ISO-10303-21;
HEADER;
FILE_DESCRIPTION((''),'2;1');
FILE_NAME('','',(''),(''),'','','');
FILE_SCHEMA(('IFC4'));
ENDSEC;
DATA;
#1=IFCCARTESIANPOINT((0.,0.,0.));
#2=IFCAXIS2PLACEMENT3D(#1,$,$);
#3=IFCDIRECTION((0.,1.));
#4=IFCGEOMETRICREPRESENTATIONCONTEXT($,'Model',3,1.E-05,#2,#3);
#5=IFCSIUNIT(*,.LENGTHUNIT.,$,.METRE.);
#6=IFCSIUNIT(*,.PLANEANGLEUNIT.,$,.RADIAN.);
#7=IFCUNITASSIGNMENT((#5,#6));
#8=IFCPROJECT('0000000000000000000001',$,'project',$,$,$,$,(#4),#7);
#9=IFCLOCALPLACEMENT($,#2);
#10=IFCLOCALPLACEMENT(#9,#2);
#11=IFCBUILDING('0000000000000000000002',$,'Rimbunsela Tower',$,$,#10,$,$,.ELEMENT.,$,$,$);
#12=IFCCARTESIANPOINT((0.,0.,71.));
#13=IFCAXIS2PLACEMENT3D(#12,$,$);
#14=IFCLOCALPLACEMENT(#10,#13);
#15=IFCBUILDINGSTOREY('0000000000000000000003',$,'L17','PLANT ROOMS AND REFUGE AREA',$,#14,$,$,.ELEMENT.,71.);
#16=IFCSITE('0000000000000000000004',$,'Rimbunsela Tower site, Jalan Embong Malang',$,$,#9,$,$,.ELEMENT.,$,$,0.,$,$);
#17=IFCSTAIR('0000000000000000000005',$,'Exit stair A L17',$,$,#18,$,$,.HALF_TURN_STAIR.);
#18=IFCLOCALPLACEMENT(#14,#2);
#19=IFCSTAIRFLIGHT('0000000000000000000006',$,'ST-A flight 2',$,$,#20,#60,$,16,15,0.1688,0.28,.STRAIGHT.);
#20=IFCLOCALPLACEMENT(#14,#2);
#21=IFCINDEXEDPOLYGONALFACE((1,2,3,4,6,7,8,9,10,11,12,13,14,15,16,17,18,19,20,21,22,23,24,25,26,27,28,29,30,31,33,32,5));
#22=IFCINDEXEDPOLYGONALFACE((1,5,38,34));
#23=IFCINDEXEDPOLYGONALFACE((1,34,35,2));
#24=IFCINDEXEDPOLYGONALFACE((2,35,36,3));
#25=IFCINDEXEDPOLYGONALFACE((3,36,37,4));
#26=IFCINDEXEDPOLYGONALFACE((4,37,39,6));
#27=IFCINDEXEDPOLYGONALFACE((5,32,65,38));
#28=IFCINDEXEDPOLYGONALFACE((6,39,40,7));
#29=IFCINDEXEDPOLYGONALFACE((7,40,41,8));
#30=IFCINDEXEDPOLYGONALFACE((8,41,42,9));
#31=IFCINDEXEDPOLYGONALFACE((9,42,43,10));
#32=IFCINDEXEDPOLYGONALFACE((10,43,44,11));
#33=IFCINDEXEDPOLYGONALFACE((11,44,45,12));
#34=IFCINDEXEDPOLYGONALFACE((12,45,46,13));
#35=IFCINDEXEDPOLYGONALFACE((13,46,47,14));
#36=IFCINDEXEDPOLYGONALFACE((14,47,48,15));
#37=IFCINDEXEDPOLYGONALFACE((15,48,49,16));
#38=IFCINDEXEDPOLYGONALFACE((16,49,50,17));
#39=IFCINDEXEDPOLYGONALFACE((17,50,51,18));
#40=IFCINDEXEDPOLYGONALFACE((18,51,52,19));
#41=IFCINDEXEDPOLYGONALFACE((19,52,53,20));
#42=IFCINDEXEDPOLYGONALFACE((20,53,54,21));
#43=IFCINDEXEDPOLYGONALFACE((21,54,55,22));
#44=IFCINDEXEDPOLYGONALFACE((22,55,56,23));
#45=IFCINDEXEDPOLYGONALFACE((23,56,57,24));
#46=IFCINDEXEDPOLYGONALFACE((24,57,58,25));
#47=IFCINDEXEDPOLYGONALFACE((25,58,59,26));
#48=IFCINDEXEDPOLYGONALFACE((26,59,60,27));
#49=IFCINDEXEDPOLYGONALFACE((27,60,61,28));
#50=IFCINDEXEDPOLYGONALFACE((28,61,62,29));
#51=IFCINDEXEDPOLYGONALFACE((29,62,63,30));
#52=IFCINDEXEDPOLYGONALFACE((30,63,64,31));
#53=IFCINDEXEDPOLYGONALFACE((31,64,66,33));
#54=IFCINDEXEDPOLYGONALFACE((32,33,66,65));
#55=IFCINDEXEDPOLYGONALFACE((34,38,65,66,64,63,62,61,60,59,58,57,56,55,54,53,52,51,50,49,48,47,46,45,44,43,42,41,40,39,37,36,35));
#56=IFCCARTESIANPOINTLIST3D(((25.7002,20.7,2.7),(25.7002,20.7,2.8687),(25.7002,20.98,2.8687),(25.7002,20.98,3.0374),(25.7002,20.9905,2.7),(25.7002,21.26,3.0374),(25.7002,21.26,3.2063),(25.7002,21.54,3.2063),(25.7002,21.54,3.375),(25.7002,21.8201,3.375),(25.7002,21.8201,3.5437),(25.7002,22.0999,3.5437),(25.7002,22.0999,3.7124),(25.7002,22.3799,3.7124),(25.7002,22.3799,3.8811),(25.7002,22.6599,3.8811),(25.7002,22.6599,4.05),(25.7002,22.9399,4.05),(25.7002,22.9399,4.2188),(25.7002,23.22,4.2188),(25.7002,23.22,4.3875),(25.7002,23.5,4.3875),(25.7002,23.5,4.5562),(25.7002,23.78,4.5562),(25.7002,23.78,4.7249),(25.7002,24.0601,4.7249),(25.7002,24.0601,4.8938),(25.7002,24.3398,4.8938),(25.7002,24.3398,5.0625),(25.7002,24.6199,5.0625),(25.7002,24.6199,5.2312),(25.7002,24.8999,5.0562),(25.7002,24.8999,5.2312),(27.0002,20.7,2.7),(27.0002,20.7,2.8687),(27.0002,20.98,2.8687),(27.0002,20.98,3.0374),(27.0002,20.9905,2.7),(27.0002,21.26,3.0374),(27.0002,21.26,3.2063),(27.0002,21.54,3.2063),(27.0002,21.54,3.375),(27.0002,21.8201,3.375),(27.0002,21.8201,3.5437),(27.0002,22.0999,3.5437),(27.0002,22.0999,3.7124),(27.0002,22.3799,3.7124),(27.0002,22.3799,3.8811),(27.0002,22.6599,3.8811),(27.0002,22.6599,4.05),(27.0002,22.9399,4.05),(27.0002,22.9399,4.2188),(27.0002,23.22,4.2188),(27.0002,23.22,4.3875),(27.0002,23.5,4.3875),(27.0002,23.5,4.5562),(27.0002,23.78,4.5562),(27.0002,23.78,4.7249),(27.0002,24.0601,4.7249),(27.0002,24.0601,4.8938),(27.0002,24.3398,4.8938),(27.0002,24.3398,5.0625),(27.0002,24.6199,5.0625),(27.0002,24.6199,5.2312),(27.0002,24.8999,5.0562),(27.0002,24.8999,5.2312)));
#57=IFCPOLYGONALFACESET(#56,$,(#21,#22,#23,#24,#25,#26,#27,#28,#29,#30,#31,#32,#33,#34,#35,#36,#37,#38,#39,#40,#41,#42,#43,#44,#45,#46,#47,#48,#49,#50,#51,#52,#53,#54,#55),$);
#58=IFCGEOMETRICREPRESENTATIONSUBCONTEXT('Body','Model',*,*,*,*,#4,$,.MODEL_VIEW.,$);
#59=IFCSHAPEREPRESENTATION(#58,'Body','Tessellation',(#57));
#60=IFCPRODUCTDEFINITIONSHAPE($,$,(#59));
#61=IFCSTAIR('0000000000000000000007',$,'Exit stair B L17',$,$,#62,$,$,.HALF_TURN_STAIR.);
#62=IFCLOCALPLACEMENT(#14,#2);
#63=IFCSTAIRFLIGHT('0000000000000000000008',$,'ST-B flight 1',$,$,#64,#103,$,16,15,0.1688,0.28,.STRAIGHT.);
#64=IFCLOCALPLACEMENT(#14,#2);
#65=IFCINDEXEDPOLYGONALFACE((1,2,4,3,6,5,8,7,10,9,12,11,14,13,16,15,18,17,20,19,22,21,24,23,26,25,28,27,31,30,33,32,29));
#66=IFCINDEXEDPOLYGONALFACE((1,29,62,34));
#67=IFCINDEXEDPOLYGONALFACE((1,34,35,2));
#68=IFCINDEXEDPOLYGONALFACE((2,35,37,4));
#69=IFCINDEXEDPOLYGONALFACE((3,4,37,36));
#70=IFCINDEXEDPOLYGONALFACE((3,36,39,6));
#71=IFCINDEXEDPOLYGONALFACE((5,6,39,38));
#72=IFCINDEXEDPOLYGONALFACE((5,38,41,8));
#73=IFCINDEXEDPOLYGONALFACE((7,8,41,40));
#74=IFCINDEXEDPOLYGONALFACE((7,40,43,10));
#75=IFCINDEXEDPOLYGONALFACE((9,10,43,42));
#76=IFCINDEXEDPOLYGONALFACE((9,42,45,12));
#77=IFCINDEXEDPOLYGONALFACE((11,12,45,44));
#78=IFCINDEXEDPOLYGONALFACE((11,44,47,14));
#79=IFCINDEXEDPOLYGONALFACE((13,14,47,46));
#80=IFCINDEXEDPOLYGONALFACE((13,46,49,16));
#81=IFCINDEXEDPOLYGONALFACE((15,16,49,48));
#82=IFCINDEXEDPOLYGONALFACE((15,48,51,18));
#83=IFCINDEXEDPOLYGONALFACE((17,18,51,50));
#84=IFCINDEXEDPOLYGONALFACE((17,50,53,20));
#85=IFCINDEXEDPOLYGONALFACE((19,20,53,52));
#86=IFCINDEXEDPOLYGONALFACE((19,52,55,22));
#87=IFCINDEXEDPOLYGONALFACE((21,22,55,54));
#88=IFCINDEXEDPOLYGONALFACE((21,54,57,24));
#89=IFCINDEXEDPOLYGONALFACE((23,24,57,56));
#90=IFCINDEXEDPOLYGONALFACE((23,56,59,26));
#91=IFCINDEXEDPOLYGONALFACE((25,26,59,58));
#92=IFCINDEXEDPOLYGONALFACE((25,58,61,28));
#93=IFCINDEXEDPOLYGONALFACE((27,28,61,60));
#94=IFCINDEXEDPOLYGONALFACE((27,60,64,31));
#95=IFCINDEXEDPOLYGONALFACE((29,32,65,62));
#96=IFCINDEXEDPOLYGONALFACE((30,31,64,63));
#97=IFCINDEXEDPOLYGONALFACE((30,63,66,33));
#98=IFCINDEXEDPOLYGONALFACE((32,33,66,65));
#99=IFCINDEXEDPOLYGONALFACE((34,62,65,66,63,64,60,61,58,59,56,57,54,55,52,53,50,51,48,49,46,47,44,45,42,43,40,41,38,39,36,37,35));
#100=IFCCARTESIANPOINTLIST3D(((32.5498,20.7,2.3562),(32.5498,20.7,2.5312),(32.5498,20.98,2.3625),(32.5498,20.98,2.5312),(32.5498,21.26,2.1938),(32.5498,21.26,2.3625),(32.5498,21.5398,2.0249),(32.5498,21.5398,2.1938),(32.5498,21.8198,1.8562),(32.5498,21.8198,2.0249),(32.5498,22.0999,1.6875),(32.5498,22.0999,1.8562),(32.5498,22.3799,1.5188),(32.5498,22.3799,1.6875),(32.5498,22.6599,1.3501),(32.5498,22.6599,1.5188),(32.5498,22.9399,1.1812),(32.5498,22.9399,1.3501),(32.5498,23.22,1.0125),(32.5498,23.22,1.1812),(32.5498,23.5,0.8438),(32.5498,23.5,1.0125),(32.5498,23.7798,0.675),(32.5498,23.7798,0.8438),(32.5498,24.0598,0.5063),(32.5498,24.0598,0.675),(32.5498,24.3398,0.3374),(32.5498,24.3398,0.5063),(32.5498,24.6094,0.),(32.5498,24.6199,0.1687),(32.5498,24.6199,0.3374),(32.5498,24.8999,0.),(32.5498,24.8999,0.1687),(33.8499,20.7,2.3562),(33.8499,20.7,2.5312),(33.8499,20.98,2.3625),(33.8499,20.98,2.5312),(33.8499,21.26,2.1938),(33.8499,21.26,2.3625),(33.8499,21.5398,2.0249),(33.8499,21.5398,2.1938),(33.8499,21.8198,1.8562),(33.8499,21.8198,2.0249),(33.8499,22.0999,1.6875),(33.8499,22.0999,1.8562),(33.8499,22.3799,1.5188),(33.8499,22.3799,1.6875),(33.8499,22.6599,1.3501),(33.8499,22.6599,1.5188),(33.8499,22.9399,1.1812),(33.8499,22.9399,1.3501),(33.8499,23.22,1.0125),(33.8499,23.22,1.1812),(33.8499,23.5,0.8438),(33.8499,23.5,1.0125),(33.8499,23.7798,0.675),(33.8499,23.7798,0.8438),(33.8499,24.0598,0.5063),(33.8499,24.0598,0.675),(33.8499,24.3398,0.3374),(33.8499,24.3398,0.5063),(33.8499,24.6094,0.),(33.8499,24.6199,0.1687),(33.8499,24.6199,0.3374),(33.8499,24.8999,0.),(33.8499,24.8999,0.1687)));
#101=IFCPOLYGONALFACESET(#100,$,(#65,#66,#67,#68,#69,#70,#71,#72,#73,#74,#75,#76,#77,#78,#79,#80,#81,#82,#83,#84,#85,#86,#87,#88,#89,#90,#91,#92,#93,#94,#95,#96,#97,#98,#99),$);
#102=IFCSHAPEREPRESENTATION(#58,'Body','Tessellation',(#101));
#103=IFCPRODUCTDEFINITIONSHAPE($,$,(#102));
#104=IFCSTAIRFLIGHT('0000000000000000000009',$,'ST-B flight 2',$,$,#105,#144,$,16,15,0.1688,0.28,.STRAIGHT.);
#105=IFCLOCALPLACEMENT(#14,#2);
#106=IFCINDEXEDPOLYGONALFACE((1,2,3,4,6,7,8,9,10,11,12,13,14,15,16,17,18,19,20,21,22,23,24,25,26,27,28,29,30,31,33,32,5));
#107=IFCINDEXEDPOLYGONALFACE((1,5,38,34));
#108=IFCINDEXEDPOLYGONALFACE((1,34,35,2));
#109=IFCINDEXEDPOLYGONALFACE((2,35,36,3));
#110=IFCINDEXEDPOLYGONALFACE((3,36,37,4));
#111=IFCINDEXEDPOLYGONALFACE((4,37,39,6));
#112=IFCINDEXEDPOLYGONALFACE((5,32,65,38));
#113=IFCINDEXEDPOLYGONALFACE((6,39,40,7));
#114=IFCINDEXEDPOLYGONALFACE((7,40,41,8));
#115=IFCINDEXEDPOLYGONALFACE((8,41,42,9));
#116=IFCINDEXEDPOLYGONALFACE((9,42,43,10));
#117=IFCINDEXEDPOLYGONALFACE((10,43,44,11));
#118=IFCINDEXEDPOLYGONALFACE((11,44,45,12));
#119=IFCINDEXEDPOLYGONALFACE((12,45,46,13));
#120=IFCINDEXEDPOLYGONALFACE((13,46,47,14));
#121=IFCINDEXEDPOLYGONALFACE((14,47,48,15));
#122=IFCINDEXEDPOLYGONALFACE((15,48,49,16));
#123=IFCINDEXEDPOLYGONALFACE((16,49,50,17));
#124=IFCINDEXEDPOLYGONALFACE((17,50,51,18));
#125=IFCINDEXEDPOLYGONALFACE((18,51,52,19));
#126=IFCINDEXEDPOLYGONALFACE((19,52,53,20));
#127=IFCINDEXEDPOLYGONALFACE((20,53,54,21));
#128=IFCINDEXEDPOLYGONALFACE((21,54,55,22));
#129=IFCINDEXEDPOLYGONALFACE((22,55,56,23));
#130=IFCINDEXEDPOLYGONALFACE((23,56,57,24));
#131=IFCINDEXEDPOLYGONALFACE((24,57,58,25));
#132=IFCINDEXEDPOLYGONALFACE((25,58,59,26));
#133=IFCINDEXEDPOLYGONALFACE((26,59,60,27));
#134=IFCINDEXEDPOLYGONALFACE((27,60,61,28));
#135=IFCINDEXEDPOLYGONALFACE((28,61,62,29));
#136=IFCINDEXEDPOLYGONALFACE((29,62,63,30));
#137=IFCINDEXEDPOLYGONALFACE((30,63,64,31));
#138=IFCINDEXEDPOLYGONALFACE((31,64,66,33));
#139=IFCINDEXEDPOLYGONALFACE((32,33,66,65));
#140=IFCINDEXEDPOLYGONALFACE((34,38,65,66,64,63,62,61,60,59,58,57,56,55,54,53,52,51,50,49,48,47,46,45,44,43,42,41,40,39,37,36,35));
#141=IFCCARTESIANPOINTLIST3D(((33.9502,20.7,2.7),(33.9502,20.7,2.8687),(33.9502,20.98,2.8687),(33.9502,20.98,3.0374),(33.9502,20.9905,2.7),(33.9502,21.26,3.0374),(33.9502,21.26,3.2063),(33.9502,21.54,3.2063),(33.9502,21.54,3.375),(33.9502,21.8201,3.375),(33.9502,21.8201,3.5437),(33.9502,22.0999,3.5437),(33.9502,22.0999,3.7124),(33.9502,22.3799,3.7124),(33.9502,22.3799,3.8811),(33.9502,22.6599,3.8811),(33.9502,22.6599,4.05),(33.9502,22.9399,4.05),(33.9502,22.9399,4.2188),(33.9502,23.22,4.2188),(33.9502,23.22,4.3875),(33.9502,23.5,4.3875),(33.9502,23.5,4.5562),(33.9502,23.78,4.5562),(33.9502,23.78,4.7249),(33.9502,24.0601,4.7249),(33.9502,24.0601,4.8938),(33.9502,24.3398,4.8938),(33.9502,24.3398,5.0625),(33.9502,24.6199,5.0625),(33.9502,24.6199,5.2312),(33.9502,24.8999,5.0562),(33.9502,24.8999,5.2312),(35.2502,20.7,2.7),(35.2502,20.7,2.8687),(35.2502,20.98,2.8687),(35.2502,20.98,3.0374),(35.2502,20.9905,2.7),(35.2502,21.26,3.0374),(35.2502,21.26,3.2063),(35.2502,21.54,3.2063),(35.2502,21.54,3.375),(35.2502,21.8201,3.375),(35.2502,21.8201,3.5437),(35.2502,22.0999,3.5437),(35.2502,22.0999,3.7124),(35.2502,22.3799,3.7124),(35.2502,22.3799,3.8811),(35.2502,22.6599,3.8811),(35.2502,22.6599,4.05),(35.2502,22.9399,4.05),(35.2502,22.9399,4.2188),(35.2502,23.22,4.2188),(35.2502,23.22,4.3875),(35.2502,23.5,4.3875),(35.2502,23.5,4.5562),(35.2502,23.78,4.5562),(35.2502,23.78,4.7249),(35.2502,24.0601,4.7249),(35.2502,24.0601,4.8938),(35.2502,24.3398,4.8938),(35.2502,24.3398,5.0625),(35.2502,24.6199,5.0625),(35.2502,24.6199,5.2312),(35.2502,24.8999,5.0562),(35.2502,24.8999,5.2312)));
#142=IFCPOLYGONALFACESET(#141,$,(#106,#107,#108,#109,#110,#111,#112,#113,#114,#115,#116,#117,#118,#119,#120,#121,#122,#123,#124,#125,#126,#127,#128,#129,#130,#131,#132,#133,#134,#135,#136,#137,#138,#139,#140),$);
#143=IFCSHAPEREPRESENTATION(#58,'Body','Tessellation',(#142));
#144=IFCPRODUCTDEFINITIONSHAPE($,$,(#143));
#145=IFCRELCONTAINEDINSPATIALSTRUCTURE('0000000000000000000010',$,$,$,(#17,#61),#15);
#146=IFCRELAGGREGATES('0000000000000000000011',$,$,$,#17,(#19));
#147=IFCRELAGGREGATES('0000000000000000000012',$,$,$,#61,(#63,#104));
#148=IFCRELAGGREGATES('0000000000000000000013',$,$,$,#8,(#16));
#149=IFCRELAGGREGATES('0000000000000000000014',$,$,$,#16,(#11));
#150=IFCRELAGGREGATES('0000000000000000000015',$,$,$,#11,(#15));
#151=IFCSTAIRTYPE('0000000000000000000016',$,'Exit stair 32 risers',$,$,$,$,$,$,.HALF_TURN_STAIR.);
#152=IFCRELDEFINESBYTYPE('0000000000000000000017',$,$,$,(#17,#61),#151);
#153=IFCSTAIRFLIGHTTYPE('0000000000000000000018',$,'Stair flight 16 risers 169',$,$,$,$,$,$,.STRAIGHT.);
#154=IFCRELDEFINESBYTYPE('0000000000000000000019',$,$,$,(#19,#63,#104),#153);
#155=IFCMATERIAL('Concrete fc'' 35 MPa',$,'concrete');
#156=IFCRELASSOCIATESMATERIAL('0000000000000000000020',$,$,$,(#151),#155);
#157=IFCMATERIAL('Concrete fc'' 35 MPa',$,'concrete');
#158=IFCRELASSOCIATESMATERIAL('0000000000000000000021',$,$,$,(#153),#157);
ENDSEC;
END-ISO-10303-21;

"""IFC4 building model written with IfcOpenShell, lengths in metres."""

from ifc_helpers import new_model, si_unit, direction, frame, origin, place, context, subcontext, project, spatial, polyline, outline, extrude, material, type_object, element, aggregate, save


model = new_model("IFC4")

# Units and contexts
model_context = context("Model", 3, precision=1e-05, world=origin(), true_north=direction((0.0, 1.0)))
body_context = subcontext(model_context, "Body", "Model", "MODEL_VIEW")
ifc_project = project(units=[si_unit("LENGTHUNIT", "METRE"), si_unit("PLANEANGLEUNIT", "RADIAN")], contexts=[model_context])

# Site, building, storey
site_placement = place(None, origin())
site = spatial("IfcSite", under=ifc_project, at=site_placement, Name="Rimbunsela Tower site, Jalan Embong Malang", CompositionType="ELEMENT", RefElevation=0.0)
building_placement = place(site_placement, origin())
building = spatial("IfcBuilding", under=site, at=building_placement, Name="Rimbunsela Tower", CompositionType="ELEMENT")
storey_placement = place(building_placement, frame((0.0, 0.0, 71.0)))
storey = spatial("IfcBuildingStorey", under=building, at=storey_placement, Name="L17", Description="PLANT ROOMS AND REFUGE AREA", CompositionType="ELEMENT", Elevation=71.0)

# Stairs, stair flights
ifc_material_1 = material(Name="Concrete fc' 35 MPa", Category="concrete")
stair_type = type_object("IfcStairType", Name="Exit stair 32 risers", PredefinedType="HALF_TURN_STAIR", material=ifc_material_1)
stair_1_placement = place(storey_placement, origin())
stair_1 = element("IfcStair", 1, at=stair_1_placement, inside=storey, type_object=stair_type, Name="Exit stair A L17", PredefinedType="HALF_TURN_STAIR")
ifc_material_2 = material(Name="Concrete fc' 35 MPa", Category="concrete")
stair_flight_type = type_object("IfcStairFlightType", Name="Stair flight 16 risers 169", PredefinedType="STRAIGHT", material=ifc_material_2)
stair_flight_1_placement = place(storey_placement, frame((26.3501, 20.7, 2.7), z_axis=(0.0, 0.0, 1.0), x_axis=(0.0, 1.0, 0.0)))
stair_flight_1 = element("IfcStairFlight", 2, at=stair_flight_1_placement, type_object=stair_flight_type, Name="ST-A flight 2", NumberOfRisers=16, NumberOfTreads=15, PredefinedType="STRAIGHT", RiserHeight=0.1688, TreadLength=0.28, context=body_context, shape_type="SweptSolid", body=[
    extrude(outline(polyline([(0.0, 0.0), (0.0, 0.1687), (0.28, 0.1687), (0.28, 0.3374), (0.5601, 0.3374), (0.5601, 0.5063), (0.8401, 0.5063), (0.8401, 0.675), (1.1201, 0.675), (1.1201, 0.8438), (1.3999, 0.8438), (1.3999, 1.0125), (1.6799, 1.0125), (1.6799, 1.1812), (1.96, 1.1812), (1.96, 1.3501), (2.24, 1.3501), (2.24, 1.5188), (2.52, 1.5188), (2.52, 1.6875), (2.8, 1.6875), (2.8, 1.8562), (3.0801, 1.8562), (3.0801, 2.0249), (3.3601, 2.0249), (3.3601, 2.1938), (3.6399, 2.1938), (3.6399, 2.3625), (3.9199, 2.3625), (3.9199, 2.5312), (4.2, 2.5312), (4.2, 2.7), (4.2, 2.3562), (0.2905, 0.0), (0.0, 0.0)])), frame((0.0, 0.6499, 0.0), z_axis=(0.0, -1.0, 0.0), x_axis=(1.0, 0.0, 0.0)), (0.0, 0.0, 1.0), 1.3),
])
aggregate(stair_1, [stair_flight_1])
stair_2_placement = place(storey_placement, origin())
stair_2 = element("IfcStair", 3, at=stair_2_placement, inside=storey, type_object=stair_type, Name="Exit stair B L17", PredefinedType="HALF_TURN_STAIR")
stair_flight_2_placement = place(storey_placement, frame((33.2, 24.8999, 0.0), z_axis=(0.0, 0.0, 1.0), x_axis=(0.0, -1.0, 0.0)))
stair_flight_2 = element("IfcStairFlight", 4, at=stair_flight_2_placement, type_object=stair_flight_type, Name="ST-B flight 1", NumberOfRisers=16, NumberOfTreads=15, PredefinedType="STRAIGHT", RiserHeight=0.1688, TreadLength=0.28, context=body_context, shape_type="SweptSolid", body=[
    extrude(outline(polyline([(0.0, 0.0), (0.0, 0.1687), (0.28, 0.1687), (0.28, 0.3374), (0.5601, 0.3374), (0.5601, 0.5063), (0.8401, 0.5063), (0.8401, 0.675), (1.1201, 0.675), (1.1201, 0.8438), (1.3999, 0.8438), (1.3999, 1.0125), (1.6799, 1.0125), (1.6799, 1.1812), (1.96, 1.1812), (1.96, 1.3501), (2.24, 1.3501), (2.24, 1.5188), (2.52, 1.5188), (2.52, 1.6875), (2.8, 1.6875), (2.8, 1.8562), (3.0801, 1.8562), (3.0801, 2.0249), (3.3601, 2.0249), (3.3601, 2.1938), (3.6399, 2.1938), (3.6399, 2.3625), (3.9199, 2.3625), (3.9199, 2.5312), (4.2, 2.5312), (4.2, 2.7), (4.2, 2.3562), (0.2905, 0.0), (0.0, 0.0)])), frame((0.0, 0.6499, 0.0), z_axis=(0.0, -1.0, 0.0), x_axis=(1.0, 0.0, 0.0)), (0.0, 0.0, 1.0), 1.3),
])
stair_flight_3_placement = place(storey_placement, frame((34.6001, 20.7, 2.7), z_axis=(0.0, 0.0, 1.0), x_axis=(0.0, 1.0, 0.0)))
stair_flight_3 = element("IfcStairFlight", 5, at=stair_flight_3_placement, type_object=stair_flight_type, Name="ST-B flight 2", NumberOfRisers=16, NumberOfTreads=15, PredefinedType="STRAIGHT", RiserHeight=0.1688, TreadLength=0.28, context=body_context, shape_type="SweptSolid", body=[
    extrude(outline(polyline([(0.0, 0.0), (0.0, 0.1687), (0.28, 0.1687), (0.28, 0.3374), (0.5601, 0.3374), (0.5601, 0.5063), (0.8401, 0.5063), (0.8401, 0.675), (1.1201, 0.675), (1.1201, 0.8438), (1.3999, 0.8438), (1.3999, 1.0125), (1.6799, 1.0125), (1.6799, 1.1812), (1.96, 1.1812), (1.96, 1.3501), (2.24, 1.3501), (2.24, 1.5188), (2.52, 1.5188), (2.52, 1.6875), (2.8, 1.6875), (2.8, 1.8562), (3.0801, 1.8562), (3.0801, 2.0249), (3.3601, 2.0249), (3.3601, 2.1938), (3.6399, 2.1938), (3.6399, 2.3625), (3.9199, 2.3625), (3.9199, 2.5312), (4.2, 2.5312), (4.2, 2.7), (4.2, 2.3562), (0.2905, 0.0), (0.0, 0.0)])), frame((0.0, 0.6499, 0.0), z_axis=(0.0, -1.0, 0.0), x_axis=(1.0, 0.0, 0.0)), (0.0, 0.0, 1.0), 1.3),
])
aggregate(stair_2, [stair_flight_2, stair_flight_3])

save(model, "model.ifc")
